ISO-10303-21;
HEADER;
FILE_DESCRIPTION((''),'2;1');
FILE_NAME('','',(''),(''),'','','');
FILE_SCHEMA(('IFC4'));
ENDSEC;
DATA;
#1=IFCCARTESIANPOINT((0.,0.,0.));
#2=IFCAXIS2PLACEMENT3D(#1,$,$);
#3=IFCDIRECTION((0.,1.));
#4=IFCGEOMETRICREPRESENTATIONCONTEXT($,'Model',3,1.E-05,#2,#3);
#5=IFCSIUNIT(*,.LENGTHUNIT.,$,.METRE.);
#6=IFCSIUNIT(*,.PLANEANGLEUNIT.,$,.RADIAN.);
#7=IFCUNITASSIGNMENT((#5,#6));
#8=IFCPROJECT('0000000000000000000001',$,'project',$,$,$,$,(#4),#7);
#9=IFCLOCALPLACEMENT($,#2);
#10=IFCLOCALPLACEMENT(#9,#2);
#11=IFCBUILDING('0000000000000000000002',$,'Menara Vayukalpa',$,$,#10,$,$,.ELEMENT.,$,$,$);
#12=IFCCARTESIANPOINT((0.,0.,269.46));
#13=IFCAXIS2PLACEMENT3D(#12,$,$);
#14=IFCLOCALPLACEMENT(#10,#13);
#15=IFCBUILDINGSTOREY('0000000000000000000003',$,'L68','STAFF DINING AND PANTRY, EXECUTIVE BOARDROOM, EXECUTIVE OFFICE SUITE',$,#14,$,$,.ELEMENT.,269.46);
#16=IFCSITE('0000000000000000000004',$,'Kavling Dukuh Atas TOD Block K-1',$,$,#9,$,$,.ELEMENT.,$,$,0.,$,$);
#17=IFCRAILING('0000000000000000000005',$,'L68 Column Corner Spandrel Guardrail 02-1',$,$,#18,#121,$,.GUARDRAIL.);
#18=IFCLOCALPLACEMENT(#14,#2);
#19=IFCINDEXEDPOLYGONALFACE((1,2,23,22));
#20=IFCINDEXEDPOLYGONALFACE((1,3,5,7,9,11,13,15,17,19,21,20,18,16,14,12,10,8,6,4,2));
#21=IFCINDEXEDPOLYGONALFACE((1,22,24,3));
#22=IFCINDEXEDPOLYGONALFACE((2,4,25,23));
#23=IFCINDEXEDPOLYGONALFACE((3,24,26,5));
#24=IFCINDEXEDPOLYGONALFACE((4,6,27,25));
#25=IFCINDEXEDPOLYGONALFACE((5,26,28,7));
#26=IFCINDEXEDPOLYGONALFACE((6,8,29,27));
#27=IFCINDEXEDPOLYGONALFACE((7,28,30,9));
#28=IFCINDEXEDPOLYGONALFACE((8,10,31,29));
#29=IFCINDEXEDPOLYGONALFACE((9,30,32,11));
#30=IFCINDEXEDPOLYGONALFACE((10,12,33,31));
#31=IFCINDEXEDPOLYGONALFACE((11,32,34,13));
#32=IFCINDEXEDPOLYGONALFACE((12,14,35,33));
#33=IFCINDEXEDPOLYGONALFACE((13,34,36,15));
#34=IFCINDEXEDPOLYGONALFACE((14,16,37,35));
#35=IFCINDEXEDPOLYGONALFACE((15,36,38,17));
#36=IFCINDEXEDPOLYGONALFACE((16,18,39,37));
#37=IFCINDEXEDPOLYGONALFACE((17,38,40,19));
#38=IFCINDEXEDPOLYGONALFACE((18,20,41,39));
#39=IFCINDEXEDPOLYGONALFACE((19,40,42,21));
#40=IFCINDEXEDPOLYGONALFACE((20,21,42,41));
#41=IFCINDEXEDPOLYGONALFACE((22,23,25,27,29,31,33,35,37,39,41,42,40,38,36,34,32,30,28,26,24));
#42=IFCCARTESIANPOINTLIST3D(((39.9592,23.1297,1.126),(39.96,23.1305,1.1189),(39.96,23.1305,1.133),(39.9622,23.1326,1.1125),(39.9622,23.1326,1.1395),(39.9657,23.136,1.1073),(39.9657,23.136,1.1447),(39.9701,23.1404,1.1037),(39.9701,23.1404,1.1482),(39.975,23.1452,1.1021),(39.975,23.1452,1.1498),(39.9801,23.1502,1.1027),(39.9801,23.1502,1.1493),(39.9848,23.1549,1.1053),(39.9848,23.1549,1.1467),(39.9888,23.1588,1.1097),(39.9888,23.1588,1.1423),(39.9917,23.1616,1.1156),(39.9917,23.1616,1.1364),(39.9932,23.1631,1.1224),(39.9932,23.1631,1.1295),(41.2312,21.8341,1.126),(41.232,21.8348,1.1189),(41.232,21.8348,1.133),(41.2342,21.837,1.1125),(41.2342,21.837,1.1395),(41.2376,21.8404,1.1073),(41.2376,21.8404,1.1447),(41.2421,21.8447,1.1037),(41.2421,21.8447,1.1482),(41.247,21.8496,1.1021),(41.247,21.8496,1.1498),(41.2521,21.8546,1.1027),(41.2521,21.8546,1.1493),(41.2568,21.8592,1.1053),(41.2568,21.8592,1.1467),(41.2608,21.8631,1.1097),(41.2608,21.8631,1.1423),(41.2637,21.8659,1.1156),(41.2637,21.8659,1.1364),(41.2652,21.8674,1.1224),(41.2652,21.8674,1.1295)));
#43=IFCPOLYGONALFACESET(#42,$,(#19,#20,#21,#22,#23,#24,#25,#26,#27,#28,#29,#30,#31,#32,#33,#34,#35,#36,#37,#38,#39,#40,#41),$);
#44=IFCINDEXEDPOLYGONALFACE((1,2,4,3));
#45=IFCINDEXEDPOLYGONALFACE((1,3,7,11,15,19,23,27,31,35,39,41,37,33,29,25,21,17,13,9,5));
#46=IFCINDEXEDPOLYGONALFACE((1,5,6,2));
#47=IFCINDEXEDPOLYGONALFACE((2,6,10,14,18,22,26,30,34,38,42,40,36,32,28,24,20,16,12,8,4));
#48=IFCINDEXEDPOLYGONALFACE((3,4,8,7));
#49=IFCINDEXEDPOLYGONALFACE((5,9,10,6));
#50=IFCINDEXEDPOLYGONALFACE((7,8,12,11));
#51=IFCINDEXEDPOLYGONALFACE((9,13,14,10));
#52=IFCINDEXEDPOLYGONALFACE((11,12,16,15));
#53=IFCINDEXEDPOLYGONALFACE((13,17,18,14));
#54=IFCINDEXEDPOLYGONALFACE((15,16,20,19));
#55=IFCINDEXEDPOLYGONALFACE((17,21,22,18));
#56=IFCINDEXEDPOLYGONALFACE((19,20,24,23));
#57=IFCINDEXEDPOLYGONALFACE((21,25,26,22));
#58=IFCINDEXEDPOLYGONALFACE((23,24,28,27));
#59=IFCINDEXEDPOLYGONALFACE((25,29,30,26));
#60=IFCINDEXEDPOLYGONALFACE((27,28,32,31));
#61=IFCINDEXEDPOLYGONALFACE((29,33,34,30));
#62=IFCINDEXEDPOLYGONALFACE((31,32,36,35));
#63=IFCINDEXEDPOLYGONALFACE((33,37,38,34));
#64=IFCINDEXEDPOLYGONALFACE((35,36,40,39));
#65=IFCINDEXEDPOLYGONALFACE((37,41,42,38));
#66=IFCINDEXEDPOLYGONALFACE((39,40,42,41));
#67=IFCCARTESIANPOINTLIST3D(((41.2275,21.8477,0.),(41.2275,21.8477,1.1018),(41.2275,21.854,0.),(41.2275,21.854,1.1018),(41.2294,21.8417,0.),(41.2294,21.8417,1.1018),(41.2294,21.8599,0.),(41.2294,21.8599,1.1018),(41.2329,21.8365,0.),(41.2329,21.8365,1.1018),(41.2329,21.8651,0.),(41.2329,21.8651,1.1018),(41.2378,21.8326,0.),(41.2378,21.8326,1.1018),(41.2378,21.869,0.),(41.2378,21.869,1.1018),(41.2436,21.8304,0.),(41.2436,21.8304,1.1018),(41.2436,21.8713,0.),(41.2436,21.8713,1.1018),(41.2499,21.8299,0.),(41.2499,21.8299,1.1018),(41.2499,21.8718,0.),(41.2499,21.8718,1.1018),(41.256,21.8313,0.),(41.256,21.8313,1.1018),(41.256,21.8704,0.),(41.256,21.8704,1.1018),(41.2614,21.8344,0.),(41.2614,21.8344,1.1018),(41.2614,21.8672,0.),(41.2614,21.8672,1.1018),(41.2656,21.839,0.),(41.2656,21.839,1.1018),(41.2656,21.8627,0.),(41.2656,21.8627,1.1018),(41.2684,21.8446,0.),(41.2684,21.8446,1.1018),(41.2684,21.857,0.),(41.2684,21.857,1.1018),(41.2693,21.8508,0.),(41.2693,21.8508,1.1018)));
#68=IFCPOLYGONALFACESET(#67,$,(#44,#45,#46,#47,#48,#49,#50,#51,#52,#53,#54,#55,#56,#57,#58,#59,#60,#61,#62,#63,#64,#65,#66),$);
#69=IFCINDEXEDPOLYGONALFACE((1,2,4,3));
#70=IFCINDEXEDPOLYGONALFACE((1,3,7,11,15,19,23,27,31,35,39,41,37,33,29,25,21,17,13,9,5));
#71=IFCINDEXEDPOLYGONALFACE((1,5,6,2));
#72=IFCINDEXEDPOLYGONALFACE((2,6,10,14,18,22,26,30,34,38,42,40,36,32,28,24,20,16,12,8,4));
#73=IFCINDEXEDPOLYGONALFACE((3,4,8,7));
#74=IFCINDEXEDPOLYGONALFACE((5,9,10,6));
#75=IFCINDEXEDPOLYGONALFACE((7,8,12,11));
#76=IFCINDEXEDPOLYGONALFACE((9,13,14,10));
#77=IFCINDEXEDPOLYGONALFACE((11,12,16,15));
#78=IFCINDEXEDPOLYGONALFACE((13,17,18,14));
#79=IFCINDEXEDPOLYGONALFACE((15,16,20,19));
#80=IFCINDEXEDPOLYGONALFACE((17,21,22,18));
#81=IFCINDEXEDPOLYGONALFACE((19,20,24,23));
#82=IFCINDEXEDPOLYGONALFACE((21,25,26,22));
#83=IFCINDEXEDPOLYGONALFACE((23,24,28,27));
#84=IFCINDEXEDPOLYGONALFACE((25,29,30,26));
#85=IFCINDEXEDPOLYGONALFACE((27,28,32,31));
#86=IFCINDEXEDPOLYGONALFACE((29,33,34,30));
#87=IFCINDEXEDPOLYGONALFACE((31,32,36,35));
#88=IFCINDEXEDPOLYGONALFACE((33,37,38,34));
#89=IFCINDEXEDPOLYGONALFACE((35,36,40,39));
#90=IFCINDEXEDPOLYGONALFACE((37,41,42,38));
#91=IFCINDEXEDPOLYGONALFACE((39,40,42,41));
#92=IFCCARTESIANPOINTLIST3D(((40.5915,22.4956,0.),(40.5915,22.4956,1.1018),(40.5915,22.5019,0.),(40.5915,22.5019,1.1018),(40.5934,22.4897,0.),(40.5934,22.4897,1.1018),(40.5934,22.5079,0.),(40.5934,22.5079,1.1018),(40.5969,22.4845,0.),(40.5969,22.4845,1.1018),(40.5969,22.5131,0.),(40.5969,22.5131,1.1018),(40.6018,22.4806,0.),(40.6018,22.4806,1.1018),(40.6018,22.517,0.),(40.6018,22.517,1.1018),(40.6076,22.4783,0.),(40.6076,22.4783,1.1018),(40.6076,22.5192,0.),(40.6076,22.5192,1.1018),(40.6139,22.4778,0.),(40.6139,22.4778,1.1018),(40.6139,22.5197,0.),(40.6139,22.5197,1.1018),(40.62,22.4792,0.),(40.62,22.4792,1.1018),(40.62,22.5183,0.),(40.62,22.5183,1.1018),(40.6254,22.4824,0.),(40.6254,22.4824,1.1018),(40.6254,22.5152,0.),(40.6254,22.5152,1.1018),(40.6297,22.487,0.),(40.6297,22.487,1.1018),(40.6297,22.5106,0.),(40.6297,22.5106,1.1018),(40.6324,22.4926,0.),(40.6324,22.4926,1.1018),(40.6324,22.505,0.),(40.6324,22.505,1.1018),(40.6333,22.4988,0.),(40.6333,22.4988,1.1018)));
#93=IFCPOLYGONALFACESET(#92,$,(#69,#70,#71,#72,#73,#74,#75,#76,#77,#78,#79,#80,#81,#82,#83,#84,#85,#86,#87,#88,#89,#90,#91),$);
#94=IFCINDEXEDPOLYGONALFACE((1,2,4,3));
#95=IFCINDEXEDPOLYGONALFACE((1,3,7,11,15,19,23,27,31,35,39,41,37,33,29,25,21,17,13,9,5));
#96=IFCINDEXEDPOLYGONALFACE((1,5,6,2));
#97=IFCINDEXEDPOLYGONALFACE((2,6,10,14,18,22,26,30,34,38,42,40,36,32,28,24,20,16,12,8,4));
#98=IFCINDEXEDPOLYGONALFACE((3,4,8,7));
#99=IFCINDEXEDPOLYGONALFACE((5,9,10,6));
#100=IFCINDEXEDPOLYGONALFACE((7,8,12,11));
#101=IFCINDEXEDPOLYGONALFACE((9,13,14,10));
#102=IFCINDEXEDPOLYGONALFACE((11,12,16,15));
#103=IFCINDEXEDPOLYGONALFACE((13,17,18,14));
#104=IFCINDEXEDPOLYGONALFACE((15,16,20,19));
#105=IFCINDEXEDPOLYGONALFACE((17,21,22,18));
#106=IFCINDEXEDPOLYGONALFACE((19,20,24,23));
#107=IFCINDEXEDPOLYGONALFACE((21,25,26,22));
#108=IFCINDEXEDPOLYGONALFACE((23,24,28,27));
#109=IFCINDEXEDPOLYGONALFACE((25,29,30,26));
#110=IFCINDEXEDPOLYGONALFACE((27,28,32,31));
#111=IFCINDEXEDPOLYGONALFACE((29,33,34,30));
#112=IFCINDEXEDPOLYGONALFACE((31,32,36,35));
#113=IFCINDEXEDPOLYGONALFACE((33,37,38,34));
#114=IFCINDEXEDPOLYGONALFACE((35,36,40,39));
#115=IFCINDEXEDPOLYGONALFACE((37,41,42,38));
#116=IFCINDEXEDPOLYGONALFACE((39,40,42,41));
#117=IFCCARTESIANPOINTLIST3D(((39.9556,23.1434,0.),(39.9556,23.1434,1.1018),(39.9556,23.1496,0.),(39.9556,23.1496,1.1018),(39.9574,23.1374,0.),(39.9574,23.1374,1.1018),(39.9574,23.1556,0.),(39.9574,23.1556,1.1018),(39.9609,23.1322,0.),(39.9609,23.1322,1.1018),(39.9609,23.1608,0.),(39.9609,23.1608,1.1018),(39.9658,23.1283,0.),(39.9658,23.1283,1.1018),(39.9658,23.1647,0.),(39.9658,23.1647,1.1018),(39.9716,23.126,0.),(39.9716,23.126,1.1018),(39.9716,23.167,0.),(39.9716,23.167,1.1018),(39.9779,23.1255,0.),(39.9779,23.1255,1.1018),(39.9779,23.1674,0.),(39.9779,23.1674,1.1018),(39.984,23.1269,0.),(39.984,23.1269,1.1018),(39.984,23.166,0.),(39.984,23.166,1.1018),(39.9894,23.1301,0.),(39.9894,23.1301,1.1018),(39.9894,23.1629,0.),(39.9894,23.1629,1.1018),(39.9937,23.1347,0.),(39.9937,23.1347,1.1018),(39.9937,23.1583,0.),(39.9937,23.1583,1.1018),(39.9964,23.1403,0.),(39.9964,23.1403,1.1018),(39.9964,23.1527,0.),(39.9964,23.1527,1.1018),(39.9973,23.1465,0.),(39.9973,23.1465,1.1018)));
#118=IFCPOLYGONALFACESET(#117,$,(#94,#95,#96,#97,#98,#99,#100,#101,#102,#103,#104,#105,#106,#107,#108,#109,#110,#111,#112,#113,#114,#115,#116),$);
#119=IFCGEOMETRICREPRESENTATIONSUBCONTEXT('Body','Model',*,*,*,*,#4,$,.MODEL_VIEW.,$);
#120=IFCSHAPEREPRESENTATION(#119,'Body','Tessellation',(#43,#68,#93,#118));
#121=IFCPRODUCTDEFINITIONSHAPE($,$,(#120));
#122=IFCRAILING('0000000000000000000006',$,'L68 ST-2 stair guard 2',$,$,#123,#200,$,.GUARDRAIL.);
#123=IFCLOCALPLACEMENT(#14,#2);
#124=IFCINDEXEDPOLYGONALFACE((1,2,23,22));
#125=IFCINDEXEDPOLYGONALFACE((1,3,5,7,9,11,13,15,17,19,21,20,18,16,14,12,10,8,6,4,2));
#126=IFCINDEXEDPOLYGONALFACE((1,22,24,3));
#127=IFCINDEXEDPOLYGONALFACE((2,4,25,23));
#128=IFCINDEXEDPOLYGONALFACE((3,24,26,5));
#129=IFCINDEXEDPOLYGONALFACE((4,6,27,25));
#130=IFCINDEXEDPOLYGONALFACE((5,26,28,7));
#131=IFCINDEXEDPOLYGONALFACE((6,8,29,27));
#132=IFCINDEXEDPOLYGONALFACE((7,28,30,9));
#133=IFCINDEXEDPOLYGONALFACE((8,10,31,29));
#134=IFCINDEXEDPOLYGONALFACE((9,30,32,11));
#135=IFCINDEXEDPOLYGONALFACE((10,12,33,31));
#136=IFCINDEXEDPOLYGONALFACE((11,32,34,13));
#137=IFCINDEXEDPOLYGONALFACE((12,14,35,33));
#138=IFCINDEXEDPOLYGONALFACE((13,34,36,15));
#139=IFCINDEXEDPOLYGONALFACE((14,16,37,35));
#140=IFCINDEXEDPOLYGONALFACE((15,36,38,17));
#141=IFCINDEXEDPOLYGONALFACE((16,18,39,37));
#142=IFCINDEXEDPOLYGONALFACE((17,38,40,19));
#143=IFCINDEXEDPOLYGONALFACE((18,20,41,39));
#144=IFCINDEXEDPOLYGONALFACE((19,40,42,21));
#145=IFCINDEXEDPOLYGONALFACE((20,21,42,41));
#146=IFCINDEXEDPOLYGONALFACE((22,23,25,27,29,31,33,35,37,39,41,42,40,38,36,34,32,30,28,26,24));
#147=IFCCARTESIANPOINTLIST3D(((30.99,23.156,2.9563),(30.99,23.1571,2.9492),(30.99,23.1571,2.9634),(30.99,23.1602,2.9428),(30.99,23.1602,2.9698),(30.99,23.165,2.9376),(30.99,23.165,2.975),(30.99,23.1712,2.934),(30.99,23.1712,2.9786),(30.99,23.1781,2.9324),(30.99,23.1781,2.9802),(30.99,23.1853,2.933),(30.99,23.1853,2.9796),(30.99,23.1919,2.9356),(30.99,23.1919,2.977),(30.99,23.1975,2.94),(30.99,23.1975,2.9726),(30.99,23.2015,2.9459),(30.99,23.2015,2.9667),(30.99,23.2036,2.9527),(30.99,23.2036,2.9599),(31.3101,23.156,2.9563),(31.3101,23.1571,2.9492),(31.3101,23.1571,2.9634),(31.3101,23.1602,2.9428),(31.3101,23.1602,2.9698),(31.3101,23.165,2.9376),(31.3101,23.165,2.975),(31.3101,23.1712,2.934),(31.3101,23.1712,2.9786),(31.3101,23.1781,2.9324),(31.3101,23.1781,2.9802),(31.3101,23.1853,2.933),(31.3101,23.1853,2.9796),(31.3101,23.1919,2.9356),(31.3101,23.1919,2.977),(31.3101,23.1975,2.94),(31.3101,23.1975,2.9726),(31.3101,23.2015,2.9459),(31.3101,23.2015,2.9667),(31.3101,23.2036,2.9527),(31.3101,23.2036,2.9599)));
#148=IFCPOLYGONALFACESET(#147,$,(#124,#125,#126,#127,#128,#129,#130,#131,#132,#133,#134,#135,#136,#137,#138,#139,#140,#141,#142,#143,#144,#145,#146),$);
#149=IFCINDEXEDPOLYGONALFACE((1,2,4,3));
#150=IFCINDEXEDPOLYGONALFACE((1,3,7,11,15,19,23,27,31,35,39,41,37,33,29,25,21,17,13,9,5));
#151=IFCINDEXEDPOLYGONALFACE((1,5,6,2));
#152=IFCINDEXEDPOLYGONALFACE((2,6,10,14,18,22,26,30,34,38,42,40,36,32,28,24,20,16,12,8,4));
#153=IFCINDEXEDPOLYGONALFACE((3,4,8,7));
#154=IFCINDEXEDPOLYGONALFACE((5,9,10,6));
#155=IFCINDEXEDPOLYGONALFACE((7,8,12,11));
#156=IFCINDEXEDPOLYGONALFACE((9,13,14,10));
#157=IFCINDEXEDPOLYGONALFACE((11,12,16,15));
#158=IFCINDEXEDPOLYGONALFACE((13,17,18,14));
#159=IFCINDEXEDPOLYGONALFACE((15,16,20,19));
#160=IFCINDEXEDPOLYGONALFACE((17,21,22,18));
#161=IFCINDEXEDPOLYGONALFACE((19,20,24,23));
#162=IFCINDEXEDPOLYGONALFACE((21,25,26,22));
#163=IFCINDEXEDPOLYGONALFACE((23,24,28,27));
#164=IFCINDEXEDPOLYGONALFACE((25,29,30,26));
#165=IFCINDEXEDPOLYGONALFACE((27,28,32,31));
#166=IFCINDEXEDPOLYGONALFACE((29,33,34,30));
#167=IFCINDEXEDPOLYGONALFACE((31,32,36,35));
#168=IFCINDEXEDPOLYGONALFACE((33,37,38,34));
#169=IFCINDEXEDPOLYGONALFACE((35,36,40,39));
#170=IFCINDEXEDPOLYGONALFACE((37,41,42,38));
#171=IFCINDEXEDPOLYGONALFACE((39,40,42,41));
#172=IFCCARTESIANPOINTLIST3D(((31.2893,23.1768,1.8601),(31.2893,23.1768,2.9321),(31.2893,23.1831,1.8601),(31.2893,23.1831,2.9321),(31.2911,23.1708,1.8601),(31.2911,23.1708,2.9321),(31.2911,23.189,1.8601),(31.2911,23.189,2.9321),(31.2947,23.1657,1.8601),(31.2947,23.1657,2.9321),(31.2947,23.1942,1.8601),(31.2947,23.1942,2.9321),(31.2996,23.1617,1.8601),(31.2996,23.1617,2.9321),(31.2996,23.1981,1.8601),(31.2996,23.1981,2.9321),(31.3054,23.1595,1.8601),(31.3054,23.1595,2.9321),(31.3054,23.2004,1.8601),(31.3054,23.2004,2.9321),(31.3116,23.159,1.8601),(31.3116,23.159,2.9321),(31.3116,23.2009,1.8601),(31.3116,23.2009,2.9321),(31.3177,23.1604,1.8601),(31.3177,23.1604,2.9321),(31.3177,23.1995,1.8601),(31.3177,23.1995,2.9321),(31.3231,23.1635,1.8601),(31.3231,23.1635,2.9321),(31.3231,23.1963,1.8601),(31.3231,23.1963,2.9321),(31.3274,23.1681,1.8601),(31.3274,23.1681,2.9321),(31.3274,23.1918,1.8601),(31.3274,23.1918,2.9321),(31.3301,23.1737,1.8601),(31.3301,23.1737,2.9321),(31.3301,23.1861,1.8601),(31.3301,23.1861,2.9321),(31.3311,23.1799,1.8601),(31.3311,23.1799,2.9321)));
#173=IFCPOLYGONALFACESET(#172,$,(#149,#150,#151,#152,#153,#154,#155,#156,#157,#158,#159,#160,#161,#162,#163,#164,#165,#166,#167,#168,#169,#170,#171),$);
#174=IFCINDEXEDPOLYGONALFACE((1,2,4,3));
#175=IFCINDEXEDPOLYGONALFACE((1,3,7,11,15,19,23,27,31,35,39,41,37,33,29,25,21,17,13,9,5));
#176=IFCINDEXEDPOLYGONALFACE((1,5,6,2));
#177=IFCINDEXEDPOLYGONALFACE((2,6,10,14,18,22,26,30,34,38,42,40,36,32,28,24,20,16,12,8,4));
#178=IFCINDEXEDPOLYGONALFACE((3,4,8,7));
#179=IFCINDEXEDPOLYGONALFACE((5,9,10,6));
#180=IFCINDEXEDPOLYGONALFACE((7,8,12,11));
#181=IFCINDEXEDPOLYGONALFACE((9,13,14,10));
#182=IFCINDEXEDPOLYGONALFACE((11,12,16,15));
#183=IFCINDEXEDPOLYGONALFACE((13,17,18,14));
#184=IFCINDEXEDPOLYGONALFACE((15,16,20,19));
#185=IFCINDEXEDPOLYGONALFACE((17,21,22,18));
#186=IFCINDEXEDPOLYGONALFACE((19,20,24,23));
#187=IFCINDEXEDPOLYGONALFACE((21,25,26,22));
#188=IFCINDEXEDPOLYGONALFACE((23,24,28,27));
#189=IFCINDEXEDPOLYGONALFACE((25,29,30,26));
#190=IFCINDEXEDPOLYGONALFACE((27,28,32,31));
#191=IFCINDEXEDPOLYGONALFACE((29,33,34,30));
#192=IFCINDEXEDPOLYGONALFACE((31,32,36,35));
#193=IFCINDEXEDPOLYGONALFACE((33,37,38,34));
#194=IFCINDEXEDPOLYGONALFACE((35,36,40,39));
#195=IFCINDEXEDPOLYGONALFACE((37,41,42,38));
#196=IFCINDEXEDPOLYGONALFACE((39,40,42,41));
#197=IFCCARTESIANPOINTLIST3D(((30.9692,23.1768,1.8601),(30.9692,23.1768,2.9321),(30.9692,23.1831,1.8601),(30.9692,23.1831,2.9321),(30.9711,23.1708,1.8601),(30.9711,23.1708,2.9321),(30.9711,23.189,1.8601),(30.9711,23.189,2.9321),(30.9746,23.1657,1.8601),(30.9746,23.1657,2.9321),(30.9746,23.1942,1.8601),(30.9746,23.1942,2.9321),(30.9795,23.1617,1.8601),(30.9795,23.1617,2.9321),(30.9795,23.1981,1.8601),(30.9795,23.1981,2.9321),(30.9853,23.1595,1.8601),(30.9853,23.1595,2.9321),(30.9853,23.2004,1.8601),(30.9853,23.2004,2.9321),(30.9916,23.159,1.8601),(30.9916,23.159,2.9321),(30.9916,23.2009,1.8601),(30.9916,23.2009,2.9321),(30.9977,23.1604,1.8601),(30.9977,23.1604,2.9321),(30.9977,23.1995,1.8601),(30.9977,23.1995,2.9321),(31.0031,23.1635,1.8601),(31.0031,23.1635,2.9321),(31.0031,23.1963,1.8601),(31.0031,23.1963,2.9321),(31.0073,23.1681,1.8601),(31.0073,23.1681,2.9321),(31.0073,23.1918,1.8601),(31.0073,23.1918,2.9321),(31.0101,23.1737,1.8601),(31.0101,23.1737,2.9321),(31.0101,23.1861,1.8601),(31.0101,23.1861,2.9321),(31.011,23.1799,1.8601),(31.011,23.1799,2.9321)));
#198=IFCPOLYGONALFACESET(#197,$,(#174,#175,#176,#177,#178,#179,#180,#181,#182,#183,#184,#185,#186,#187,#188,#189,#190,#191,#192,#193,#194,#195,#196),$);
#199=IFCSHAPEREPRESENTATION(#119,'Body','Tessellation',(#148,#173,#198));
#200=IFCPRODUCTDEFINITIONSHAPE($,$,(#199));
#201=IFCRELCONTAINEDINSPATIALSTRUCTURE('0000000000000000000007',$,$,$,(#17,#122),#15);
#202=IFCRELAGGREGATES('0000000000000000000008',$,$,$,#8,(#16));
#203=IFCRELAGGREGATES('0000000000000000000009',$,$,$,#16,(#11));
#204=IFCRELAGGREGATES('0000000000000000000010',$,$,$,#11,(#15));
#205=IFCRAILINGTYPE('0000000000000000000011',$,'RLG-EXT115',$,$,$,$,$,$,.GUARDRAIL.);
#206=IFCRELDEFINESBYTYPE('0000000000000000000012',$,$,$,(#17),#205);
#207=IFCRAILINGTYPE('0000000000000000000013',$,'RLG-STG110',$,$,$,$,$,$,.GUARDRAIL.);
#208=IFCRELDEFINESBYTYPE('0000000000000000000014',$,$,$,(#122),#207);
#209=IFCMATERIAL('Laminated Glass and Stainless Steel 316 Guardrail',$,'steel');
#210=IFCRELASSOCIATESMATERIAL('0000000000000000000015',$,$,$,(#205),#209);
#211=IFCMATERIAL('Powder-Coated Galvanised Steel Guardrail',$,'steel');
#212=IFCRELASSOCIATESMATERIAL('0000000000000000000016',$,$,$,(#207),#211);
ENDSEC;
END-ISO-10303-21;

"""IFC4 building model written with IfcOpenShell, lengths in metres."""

from ifc_helpers import new_model, si_unit, direction, frame, origin, origin_2d, place, context, subcontext, project, spatial, circle, extrude, material, type_object, element, save


model = new_model("IFC4")

# Units and contexts
model_context = context("Model", 3, precision=1e-05, world=origin(), true_north=direction((0.0, 1.0)))
body_context = subcontext(model_context, "Body", "Model", "MODEL_VIEW")
ifc_project = project(units=[si_unit("LENGTHUNIT", "METRE"), si_unit("PLANEANGLEUNIT", "RADIAN")], contexts=[model_context])

# Site, building, storey
site_placement = place(None, origin())
site = spatial("IfcSite", under=ifc_project, at=site_placement, Name="Kavling Dukuh Atas TOD Block K-1", CompositionType="ELEMENT", RefElevation=0.0)
building_placement = place(site_placement, origin())
building = spatial("IfcBuilding", under=site, at=building_placement, Name="Menara Vayukalpa", CompositionType="ELEMENT")
storey_placement = place(building_placement, frame((0.0, 0.0, 269.46)))
storey = spatial("IfcBuildingStorey", under=building, at=storey_placement, Name="L68", Description="STAFF DINING AND PANTRY, EXECUTIVE BOARDROOM, EXECUTIVE OFFICE SUITE", CompositionType="ELEMENT", Elevation=269.46)

# Railings
ifc_material_1 = material(Name="Laminated Glass and Stainless Steel 316 Guardrail", Category="steel")
railing_type_1 = type_object("IfcRailingType", Name="RLG-EXT115", PredefinedType="GUARDRAIL", material=ifc_material_1)
railing_1_placement = place(storey_placement, frame((41.2483, 21.8508, 0.0)))
element("IfcRailing", 1, at=railing_1_placement, inside=storey, type_object=railing_type_1, Name="L68 Column Corner Spandrel Guardrail 02-1", PredefinedType="GUARDRAIL", context=body_context, shape_type="SweptSolid", body=[
    extrude(circle(Radius=0.0239, at=origin_2d()), frame((0.0, 0.0, 1.126), z_axis=(-0.700555, 0.713598, 0.0), x_axis=(-0.713598, -0.700555, 0.0)), (0.0, 0.0, 1.0), 1.8157),
    extrude(circle(Radius=0.021, at=origin_2d()), origin(), (0.0, 0.0, 1.0), 1.1018),
    extrude(circle(Radius=0.021, at=origin_2d()), frame((-0.636, 0.6479, 0.0)), (0.0, 0.0, 1.0), 1.1018),
    extrude(circle(Radius=0.021, at=origin_2d()), frame((-1.272, 1.2957, 0.0)), (0.0, 0.0, 1.0), 1.1018),
])
ifc_material_2 = material(Name="Powder-Coated Galvanised Steel Guardrail", Category="steel")
railing_type_2 = type_object("IfcRailingType", Name="RLG-STG110", PredefinedType="GUARDRAIL", material=ifc_material_2)
railing_2_placement = place(storey_placement, frame((31.3101, 23.1799, 1.8601)))
element("IfcRailing", 2, at=railing_2_placement, inside=storey, type_object=railing_type_2, Name="L68 ST-2 stair guard 2", PredefinedType="GUARDRAIL", context=body_context, shape_type="SweptSolid", body=[
    extrude(circle(Radius=0.0239, at=origin_2d()), frame((0.0, 0.0, 1.0962), z_axis=(-1.0, 0.0, 0.0), x_axis=(0.0, -1.0, 0.0)), (0.0, 0.0, 1.0), 0.3201),
    extrude(circle(Radius=0.021, at=origin_2d()), origin(), (0.0, 0.0, 1.0), 1.072),
    extrude(circle(Radius=0.021, at=origin_2d()), frame((-0.3201, 0.0, 0.0)), (0.0, 0.0, 1.0), 1.072),
])

save(model, "model.ifc")
